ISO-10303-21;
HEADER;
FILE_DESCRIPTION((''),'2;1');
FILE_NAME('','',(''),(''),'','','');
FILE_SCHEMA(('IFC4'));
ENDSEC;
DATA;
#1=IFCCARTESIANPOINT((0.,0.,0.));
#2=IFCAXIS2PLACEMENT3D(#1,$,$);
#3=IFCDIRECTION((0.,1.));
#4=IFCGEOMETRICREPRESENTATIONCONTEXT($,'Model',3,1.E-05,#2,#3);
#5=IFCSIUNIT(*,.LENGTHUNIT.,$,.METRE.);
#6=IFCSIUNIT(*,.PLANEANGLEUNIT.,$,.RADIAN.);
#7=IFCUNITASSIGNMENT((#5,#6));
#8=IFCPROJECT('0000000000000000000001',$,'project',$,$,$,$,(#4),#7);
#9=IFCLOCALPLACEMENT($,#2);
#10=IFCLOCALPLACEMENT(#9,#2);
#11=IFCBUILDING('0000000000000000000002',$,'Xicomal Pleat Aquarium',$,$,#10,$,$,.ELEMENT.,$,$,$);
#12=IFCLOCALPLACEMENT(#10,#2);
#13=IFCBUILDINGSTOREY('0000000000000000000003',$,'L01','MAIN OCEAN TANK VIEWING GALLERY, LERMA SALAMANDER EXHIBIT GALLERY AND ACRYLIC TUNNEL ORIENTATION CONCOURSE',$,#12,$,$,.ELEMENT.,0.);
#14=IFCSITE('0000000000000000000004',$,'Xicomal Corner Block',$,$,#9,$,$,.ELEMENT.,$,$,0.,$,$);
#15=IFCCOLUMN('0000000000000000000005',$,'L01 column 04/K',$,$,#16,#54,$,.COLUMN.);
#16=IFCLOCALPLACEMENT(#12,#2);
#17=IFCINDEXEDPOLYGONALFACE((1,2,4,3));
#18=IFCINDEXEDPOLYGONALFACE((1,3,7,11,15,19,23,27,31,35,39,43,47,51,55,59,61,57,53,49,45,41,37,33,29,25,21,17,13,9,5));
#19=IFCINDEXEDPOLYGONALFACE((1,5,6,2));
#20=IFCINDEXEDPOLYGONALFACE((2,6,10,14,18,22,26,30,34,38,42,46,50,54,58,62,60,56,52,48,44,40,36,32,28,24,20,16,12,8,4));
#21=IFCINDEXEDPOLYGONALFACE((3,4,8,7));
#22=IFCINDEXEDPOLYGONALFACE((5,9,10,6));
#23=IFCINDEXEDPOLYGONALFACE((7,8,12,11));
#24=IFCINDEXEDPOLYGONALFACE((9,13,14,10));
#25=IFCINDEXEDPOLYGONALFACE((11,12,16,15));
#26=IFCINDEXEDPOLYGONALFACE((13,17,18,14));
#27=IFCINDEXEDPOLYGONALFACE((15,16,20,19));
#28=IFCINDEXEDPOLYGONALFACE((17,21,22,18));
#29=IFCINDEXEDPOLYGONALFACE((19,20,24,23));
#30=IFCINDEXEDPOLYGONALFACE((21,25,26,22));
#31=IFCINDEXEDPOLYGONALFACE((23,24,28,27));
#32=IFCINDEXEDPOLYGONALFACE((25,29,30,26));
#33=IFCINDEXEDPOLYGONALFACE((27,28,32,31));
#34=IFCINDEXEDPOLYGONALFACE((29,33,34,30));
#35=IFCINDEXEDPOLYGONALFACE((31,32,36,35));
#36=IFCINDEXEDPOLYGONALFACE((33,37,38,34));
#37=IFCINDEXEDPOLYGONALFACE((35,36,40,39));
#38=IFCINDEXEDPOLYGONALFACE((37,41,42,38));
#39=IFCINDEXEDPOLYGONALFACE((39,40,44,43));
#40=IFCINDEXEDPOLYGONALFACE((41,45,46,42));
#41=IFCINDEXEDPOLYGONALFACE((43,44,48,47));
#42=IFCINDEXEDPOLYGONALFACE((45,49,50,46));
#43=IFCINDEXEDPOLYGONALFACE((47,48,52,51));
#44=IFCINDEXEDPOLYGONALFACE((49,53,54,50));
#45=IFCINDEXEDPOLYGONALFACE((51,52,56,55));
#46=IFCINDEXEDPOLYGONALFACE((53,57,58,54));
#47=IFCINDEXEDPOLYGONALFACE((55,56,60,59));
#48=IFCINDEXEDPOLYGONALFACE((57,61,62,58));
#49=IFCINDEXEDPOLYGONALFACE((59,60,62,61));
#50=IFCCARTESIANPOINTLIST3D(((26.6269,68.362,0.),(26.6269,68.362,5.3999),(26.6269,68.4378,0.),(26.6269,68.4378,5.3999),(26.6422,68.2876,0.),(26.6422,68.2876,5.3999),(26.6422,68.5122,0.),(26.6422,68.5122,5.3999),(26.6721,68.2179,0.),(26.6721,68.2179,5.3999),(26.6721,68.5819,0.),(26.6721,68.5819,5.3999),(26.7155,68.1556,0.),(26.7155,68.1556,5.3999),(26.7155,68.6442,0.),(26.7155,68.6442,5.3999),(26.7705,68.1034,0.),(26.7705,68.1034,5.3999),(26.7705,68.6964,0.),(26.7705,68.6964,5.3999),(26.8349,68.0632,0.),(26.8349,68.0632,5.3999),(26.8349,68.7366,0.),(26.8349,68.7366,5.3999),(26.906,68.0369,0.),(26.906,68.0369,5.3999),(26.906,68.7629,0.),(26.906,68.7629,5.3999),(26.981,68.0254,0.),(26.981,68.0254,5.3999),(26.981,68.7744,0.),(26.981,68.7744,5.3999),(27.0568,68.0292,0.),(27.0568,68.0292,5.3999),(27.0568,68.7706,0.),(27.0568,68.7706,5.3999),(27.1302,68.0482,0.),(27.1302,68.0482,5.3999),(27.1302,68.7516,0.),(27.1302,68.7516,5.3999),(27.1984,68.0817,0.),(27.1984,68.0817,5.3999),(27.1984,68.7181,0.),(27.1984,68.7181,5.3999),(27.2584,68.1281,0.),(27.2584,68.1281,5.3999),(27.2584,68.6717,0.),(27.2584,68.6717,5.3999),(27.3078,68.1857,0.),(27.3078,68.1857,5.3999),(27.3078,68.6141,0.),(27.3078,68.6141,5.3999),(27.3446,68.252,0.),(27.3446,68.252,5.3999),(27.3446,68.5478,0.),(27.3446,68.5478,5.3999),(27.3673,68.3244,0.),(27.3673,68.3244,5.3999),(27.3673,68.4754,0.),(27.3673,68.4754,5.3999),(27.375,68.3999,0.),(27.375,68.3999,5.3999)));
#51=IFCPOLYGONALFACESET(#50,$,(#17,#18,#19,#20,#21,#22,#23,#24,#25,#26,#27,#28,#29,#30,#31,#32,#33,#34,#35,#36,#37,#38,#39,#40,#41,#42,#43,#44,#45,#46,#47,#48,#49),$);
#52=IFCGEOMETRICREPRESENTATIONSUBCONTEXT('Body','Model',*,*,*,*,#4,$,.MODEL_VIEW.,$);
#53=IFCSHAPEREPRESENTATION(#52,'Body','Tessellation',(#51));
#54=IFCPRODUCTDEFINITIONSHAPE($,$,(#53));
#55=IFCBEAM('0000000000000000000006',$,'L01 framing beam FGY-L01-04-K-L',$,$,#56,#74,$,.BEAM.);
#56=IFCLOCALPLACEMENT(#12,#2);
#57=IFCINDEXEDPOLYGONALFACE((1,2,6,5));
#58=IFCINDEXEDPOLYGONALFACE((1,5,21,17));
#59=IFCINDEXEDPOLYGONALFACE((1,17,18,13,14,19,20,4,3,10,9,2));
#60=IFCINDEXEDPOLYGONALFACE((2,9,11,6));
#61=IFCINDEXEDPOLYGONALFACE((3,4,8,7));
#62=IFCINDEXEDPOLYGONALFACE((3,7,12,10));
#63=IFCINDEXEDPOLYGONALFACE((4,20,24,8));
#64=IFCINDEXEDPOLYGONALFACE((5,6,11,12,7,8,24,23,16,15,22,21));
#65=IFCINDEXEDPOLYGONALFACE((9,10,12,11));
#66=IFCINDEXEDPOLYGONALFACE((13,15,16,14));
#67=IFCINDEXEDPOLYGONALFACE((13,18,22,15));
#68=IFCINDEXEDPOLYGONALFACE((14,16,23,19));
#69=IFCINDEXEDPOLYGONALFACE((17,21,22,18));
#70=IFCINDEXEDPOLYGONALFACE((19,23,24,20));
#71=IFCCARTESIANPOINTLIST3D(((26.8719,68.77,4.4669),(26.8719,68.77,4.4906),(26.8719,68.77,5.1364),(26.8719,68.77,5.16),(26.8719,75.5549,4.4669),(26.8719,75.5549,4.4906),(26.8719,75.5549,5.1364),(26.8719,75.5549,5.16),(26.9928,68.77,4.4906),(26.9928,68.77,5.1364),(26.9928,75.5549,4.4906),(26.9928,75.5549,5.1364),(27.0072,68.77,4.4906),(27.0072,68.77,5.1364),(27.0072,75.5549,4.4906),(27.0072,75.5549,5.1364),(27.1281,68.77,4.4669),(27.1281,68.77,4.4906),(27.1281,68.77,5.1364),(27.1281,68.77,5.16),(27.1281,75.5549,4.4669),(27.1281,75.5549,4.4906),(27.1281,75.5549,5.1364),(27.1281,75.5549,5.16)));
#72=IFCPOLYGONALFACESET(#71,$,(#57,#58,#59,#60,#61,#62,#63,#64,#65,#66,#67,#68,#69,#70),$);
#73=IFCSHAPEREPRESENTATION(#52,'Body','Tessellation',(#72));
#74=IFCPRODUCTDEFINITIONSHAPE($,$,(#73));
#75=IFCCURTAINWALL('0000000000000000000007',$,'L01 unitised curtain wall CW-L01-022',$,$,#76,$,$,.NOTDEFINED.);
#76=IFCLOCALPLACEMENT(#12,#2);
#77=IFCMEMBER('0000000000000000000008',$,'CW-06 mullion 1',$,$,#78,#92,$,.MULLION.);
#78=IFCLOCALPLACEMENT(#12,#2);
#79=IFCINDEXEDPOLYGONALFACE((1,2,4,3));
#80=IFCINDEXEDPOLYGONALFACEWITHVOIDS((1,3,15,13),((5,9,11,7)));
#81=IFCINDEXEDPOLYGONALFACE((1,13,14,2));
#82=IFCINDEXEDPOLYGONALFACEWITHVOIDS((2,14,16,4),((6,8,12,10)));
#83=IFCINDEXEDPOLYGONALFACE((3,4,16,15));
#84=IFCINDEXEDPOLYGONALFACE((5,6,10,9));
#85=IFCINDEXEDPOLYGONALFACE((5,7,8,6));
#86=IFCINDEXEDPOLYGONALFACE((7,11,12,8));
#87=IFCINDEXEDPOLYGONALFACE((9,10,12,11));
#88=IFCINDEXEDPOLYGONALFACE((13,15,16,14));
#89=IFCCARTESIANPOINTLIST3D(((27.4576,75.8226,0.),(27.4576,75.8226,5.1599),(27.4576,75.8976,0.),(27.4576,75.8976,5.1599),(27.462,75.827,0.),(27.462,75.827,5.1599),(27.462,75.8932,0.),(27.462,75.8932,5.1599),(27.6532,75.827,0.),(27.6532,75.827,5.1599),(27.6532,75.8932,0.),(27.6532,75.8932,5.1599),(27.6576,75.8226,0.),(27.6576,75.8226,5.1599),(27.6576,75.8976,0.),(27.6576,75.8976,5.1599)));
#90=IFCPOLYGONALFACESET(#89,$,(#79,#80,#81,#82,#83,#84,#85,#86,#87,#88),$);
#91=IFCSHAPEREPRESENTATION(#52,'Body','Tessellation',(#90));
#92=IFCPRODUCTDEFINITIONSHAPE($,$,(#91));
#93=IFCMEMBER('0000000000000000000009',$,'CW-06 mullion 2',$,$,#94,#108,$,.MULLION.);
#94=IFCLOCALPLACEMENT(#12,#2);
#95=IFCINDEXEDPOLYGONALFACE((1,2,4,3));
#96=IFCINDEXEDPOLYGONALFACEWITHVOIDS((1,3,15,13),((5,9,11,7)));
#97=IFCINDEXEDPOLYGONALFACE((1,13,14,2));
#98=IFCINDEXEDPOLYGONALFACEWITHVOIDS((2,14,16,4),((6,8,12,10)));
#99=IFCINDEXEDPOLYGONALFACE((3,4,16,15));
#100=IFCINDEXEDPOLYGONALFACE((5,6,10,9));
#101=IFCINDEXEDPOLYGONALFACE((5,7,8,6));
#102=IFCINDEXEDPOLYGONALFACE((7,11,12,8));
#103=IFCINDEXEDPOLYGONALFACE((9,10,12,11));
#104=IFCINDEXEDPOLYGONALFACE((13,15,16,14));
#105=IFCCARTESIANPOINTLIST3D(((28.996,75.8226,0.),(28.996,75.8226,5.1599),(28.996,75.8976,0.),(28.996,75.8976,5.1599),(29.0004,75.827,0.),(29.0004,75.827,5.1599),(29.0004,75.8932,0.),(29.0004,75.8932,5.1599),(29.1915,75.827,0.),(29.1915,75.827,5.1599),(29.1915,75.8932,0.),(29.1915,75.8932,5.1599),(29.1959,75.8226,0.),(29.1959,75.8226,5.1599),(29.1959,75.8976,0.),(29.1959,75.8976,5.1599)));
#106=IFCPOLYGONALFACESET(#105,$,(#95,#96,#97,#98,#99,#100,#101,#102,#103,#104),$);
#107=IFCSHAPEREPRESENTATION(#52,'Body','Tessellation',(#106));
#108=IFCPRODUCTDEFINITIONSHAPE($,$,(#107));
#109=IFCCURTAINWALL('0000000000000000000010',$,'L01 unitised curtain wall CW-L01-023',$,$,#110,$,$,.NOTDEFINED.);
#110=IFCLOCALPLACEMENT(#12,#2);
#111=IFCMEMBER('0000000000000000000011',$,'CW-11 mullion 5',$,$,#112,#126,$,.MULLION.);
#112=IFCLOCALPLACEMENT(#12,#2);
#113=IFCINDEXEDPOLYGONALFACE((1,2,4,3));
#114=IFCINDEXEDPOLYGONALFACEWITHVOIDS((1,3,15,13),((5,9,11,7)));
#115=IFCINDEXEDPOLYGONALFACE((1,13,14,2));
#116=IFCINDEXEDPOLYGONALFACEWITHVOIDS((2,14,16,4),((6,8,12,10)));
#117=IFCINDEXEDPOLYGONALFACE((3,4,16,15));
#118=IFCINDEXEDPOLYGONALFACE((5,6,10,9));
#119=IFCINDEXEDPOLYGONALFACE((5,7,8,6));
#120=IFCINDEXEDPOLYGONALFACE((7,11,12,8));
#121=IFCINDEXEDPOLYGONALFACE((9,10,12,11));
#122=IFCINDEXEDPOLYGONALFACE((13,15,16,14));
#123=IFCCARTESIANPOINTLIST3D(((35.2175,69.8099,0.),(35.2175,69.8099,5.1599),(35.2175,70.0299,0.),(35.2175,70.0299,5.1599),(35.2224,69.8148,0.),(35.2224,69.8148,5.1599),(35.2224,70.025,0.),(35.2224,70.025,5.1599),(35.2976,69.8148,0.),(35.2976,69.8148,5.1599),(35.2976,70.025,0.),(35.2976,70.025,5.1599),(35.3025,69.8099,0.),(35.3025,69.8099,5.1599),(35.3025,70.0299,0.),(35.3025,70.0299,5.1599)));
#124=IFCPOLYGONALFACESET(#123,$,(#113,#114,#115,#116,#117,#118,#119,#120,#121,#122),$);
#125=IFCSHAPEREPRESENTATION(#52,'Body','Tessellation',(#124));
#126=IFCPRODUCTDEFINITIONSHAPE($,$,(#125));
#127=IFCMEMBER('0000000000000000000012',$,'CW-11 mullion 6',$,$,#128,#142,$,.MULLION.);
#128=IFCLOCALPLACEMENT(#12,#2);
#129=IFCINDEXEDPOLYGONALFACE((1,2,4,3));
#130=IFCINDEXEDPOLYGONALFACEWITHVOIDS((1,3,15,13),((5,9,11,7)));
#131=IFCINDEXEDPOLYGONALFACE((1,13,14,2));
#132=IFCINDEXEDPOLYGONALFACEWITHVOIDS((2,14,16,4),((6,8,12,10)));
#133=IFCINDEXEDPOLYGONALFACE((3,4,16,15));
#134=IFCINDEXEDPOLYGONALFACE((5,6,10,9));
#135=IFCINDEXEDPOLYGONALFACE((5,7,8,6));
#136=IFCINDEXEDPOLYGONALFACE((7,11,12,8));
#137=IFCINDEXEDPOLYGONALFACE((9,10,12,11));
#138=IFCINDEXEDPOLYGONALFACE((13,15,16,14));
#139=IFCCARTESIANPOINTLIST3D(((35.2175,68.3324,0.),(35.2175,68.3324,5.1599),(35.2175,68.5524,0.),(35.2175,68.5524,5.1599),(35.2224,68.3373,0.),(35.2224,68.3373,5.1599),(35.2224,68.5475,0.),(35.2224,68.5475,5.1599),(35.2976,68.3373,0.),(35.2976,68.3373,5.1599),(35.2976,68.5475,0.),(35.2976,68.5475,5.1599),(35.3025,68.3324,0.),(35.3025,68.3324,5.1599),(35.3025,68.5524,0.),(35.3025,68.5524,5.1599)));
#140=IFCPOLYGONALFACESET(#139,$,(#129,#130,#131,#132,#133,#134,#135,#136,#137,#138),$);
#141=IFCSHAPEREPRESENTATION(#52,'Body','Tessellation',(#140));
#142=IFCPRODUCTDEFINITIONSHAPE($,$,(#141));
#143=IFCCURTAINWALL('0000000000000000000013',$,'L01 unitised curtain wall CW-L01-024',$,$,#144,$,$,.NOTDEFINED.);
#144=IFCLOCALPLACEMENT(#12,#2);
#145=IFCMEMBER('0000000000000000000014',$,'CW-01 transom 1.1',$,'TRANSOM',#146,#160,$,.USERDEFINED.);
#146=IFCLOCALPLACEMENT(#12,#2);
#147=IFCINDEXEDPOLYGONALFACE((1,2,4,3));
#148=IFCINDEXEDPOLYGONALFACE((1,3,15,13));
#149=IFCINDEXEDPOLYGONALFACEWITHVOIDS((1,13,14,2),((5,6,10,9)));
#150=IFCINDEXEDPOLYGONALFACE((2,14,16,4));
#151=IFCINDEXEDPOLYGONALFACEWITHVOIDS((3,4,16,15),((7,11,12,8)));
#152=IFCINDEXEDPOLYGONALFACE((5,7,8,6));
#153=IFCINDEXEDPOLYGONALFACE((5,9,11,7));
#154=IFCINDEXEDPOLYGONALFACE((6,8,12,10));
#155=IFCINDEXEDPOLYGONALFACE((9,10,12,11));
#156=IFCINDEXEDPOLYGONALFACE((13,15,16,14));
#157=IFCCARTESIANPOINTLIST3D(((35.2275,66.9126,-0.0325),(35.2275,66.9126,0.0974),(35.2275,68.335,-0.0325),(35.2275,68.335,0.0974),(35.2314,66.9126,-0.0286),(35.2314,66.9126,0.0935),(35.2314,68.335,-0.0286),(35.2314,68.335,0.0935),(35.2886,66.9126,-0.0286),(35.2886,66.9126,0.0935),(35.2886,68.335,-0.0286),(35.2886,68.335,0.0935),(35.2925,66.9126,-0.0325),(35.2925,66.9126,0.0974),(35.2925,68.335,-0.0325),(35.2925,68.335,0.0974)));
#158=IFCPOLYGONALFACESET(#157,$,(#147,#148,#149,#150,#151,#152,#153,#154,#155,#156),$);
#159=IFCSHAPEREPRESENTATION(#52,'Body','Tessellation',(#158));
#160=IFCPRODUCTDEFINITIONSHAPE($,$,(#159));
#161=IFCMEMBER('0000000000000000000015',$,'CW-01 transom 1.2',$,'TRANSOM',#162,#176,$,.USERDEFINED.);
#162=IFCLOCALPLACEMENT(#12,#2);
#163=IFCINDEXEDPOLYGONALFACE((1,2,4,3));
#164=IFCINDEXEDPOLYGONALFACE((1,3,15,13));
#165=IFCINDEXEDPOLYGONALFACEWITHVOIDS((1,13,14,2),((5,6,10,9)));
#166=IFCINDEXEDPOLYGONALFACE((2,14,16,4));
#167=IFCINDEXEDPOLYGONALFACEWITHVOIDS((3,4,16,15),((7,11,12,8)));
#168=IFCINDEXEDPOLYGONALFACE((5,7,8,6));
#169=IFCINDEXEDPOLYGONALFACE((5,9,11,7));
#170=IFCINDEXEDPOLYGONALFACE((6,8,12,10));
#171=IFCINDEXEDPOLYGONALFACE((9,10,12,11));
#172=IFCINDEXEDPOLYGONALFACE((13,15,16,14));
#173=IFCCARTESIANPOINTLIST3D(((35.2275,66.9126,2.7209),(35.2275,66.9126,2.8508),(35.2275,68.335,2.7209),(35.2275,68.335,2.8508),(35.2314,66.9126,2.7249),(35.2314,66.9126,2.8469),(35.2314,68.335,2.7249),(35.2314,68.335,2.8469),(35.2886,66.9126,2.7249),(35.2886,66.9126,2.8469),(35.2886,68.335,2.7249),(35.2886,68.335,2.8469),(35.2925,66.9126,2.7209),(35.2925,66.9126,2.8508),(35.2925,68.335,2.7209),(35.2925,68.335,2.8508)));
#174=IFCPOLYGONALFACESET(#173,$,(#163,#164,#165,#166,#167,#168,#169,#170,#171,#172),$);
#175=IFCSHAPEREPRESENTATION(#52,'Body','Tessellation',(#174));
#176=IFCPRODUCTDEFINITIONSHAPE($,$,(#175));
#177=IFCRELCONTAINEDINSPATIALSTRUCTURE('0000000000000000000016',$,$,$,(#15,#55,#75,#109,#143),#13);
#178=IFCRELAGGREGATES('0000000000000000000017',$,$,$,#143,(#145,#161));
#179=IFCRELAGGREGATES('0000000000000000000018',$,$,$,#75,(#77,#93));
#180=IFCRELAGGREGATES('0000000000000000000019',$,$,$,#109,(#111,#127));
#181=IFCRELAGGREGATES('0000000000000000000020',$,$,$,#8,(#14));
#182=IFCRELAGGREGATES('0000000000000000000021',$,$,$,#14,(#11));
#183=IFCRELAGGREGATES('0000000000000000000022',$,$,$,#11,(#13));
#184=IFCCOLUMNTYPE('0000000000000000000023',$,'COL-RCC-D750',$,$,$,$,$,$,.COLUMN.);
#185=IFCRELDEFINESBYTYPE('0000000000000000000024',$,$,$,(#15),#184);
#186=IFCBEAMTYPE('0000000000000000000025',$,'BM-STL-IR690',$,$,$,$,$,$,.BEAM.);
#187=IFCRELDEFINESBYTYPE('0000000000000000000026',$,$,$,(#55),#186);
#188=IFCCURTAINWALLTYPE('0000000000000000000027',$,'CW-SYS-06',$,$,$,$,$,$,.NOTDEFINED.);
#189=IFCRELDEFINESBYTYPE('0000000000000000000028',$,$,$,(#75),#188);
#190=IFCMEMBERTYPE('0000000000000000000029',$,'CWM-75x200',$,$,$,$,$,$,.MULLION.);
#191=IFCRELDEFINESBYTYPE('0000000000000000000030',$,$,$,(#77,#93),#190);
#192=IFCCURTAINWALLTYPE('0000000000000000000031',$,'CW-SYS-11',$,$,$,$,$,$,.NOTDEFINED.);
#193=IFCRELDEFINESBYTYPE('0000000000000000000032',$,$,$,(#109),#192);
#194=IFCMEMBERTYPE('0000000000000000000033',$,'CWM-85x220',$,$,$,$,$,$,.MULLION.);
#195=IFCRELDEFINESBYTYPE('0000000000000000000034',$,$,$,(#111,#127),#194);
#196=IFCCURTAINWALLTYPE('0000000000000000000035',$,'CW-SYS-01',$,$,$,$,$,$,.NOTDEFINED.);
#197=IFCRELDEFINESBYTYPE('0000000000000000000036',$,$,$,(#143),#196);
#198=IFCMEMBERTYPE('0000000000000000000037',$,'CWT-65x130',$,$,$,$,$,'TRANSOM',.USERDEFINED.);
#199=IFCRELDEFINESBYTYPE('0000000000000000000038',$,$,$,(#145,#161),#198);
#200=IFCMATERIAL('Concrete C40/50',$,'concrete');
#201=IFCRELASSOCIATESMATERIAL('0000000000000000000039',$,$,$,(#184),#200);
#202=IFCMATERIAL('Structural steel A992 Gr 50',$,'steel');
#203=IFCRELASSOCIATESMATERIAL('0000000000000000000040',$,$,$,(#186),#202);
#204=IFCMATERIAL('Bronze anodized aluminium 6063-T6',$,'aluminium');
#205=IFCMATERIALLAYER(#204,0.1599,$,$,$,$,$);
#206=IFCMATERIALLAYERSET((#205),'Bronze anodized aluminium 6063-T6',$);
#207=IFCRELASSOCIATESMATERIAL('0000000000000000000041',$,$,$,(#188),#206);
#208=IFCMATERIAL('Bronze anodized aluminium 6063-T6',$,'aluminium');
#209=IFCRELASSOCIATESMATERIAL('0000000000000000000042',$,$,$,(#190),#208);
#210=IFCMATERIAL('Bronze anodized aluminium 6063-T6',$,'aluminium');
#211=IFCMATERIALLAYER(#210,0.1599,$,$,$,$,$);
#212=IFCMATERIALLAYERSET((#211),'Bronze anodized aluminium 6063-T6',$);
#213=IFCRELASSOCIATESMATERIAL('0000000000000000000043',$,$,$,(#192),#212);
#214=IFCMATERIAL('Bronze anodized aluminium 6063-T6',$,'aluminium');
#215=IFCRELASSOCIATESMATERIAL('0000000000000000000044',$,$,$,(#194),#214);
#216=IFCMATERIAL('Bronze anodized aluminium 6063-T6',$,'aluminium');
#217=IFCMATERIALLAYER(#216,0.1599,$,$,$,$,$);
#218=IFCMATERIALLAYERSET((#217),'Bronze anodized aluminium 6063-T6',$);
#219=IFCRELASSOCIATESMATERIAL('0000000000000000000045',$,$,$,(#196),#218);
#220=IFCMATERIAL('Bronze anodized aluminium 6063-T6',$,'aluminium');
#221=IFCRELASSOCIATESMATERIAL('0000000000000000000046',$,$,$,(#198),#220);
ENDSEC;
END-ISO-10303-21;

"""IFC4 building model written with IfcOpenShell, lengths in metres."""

from ifc_helpers import new_model, si_unit, direction, frame, origin, origin_2d, place, context, subcontext, project, spatial, hollow_rectangle, circle, i_section, extrude, material, layer, layer_set, material_profile, profile_set, type_object, element, aggregate, save


model = new_model("IFC4")

# Units and contexts
model_context = context("Model", 3, precision=1e-05, world=origin(), true_north=direction((0.0, 1.0)))
body_context = subcontext(model_context, "Body", "Model", "MODEL_VIEW")
ifc_project = project(units=[si_unit("LENGTHUNIT", "METRE"), si_unit("PLANEANGLEUNIT", "RADIAN")], contexts=[model_context])

# Site, building, storey
site_placement = place(None, origin())
site = spatial("IfcSite", under=ifc_project, at=site_placement, Name="Xicomal Corner Block", CompositionType="ELEMENT", RefElevation=0.0)
building_placement = place(site_placement, origin())
building = spatial("IfcBuilding", under=site, at=building_placement, Name="Xicomal Pleat Aquarium", CompositionType="ELEMENT")
storey_placement = place(building_placement, origin())
storey = spatial("IfcBuildingStorey", under=building, at=storey_placement, Name="L01", Description="MAIN OCEAN TANK VIEWING GALLERY, LERMA SALAMANDER EXHIBIT GALLERY AND ACRYLIC TUNNEL ORIENTATION CONCOURSE", CompositionType="ELEMENT", Elevation=0.0)

# Column
ifc_material_1 = material(Name="Concrete C40/50", Category="concrete")
ifc_material_profile_1 = material_profile(ifc_material_1, circle(Radius=0.375, at=origin_2d()), Name="RCC D750")
ifc_profile_set_1 = profile_set([ifc_material_profile_1], Name="Concrete C40/50")
column_type = type_object("IfcColumnType", Name="COL-RCC-D750", PredefinedType="COLUMN", material=ifc_profile_set_1)
column_placement = place(storey_placement, frame((27.0, 68.3999, 0.0), z_axis=(0.0, 0.0, 1.0), x_axis=(1.0, 0.0, 0.0)))
element("IfcColumn", 1, at=column_placement, inside=storey, type_object=column_type, Name="L01 column 04/K", PredefinedType="COLUMN", context=body_context, shape_type="SweptSolid", body=[
    extrude(circle(Radius=0.375, at=origin_2d()), origin(), (0.0, 0.0, 1.0), 5.3999),
])

# Beam
ifc_material_2 = material(Name="Structural steel A992 Gr 50", Category="steel")
ifc_material_profile_2 = material_profile(ifc_material_2, i_section(OverallWidth=0.2561, OverallDepth=0.6931, WebThickness=0.0144, FlangeThickness=0.0237, at=origin_2d()), Name="IR 690x170")
ifc_profile_set_2 = profile_set([ifc_material_profile_2], Name="Structural steel A992 Gr 50")
beam_type = type_object("IfcBeamType", Name="BM-STL-IR690", PredefinedType="BEAM", material=ifc_profile_set_2)
beam_placement = place(storey_placement, frame((27.0, 68.77, 4.8135), z_axis=(0.0, 1.0, 0.0), x_axis=(-1.0, 0.0, 0.0)))
element("IfcBeam", 2, at=beam_placement, inside=storey, type_object=beam_type, Name="L01 framing beam FGY-L01-04-K-L", PredefinedType="BEAM", context=body_context, shape_type="SweptSolid", body=[
    extrude(i_section(OverallWidth=0.2561, OverallDepth=0.6931, WebThickness=0.0144, FlangeThickness=0.0237, at=origin_2d()), origin(), (0.0, 0.0, 1.0), 6.7849),
])

# Curtain walls, members
ifc_material_3 = material(Name="Bronze anodized aluminium 6063-T6", Category="aluminium")
ifc_layer_1 = layer(ifc_material_3, 0.1599)
ifc_layer_set_1 = layer_set([ifc_layer_1], Name="Bronze anodized aluminium 6063-T6")
curtain_wall_type_1 = type_object("IfcCurtainWallType", Name="CW-SYS-06", PredefinedType="NOTDEFINED", material=ifc_layer_set_1)
curtain_wall_1_placement = place(storey_placement, origin())
curtain_wall_1 = element("IfcCurtainWall", 3, at=curtain_wall_1_placement, inside=storey, type_object=curtain_wall_type_1, Name="L01 unitised curtain wall CW-L01-022", PredefinedType="NOTDEFINED")
ifc_material_4 = material(Name="Bronze anodized aluminium 6063-T6", Category="aluminium")
ifc_material_profile_3 = material_profile(ifc_material_4, hollow_rectangle(XDim=0.075, YDim=0.2, WallThickness=0.0044, at=origin_2d()), Name="ALU MULL 75x200")
ifc_profile_set_3 = profile_set([ifc_material_profile_3], Name="Bronze anodized aluminium 6063-T6")
member_type_1 = type_object("IfcMemberType", Name="CWM-75x200", PredefinedType="MULLION", material=ifc_profile_set_3)
member_1_placement = place(storey_placement, frame((27.5576, 75.8601, 0.0), z_axis=(0.0, 0.0, 1.0), x_axis=(0.0, 1.0, 0.0)))
member_1 = element("IfcMember", 4, at=member_1_placement, type_object=member_type_1, Name="CW-06 mullion 1", PredefinedType="MULLION", context=body_context, shape_type="SweptSolid", body=[
    extrude(hollow_rectangle(XDim=0.075, YDim=0.2, WallThickness=0.0044, at=origin_2d()), origin(), (0.0, 0.0, 1.0), 5.1599),
])
member_2_placement = place(storey_placement, frame((29.0959, 75.8601, 0.0), z_axis=(0.0, 0.0, 1.0), x_axis=(0.0, 1.0, 0.0)))
member_2 = element("IfcMember", 5, at=member_2_placement, type_object=member_type_1, Name="CW-06 mullion 2", PredefinedType="MULLION", context=body_context, shape_type="SweptSolid", body=[
    extrude(hollow_rectangle(XDim=0.075, YDim=0.2, WallThickness=0.0044, at=origin_2d()), origin(), (0.0, 0.0, 1.0), 5.1599),
])
ifc_material_5 = material(Name="Bronze anodized aluminium 6063-T6", Category="aluminium")
ifc_layer_2 = layer(ifc_material_5, 0.1599)
ifc_layer_set_2 = layer_set([ifc_layer_2], Name="Bronze anodized aluminium 6063-T6")
curtain_wall_type_2 = type_object("IfcCurtainWallType", Name="CW-SYS-11", PredefinedType="NOTDEFINED", material=ifc_layer_set_2)
curtain_wall_2_placement = place(storey_placement, origin())
curtain_wall_2 = element("IfcCurtainWall", 6, at=curtain_wall_2_placement, inside=storey, type_object=curtain_wall_type_2, Name="L01 unitised curtain wall CW-L01-023", PredefinedType="NOTDEFINED")
ifc_material_6 = material(Name="Bronze anodized aluminium 6063-T6", Category="aluminium")
ifc_material_profile_4 = material_profile(ifc_material_6, hollow_rectangle(XDim=0.085, YDim=0.22, WallThickness=0.0049, at=origin_2d()), Name="ALU MULL 85x220")
ifc_profile_set_4 = profile_set([ifc_material_profile_4], Name="Bronze anodized aluminium 6063-T6")
member_type_2 = type_object("IfcMemberType", Name="CWM-85x220", PredefinedType="MULLION", material=ifc_profile_set_4)
member_3_placement = place(storey_placement, frame((35.26, 69.9199, 0.0), z_axis=(0.0, 0.0, 1.0), x_axis=(1.0, 0.0, 0.0)))
member_3 = element("IfcMember", 7, at=member_3_placement, type_object=member_type_2, Name="CW-11 mullion 5", PredefinedType="MULLION", context=body_context, shape_type="SweptSolid", body=[
    extrude(hollow_rectangle(XDim=0.085, YDim=0.22, WallThickness=0.0049, at=origin_2d()), origin(), (0.0, 0.0, 1.0), 5.1599),
])
member_4_placement = place(storey_placement, frame((35.26, 68.4424, 0.0), z_axis=(0.0, 0.0, 1.0), x_axis=(1.0, 0.0, 0.0)))
member_4 = element("IfcMember", 8, at=member_4_placement, type_object=member_type_2, Name="CW-11 mullion 6", PredefinedType="MULLION", context=body_context, shape_type="SweptSolid", body=[
    extrude(hollow_rectangle(XDim=0.085, YDim=0.22, WallThickness=0.0049, at=origin_2d()), origin(), (0.0, 0.0, 1.0), 5.1599),
])
ifc_material_7 = material(Name="Bronze anodized aluminium 6063-T6", Category="aluminium")
ifc_layer_3 = layer(ifc_material_7, 0.1599)
ifc_layer_set_3 = layer_set([ifc_layer_3], Name="Bronze anodized aluminium 6063-T6")
curtain_wall_type_3 = type_object("IfcCurtainWallType", Name="CW-SYS-01", PredefinedType="NOTDEFINED", material=ifc_layer_set_3)
curtain_wall_3_placement = place(storey_placement, origin())
curtain_wall_3 = element("IfcCurtainWall", 9, at=curtain_wall_3_placement, inside=storey, type_object=curtain_wall_type_3, Name="L01 unitised curtain wall CW-L01-024", PredefinedType="NOTDEFINED")
ifc_material_8 = material(Name="Bronze anodized aluminium 6063-T6", Category="aluminium")
ifc_material_profile_5 = material_profile(ifc_material_8, hollow_rectangle(XDim=0.0649, YDim=0.1299, WallThickness=0.0039, at=origin_2d()), Name="ALU TRAN 65x130")
ifc_profile_set_5 = profile_set([ifc_material_profile_5], Name="Bronze anodized aluminium 6063-T6")
member_type_3 = type_object("IfcMemberType", Name="CWT-65x130", ElementType="TRANSOM", PredefinedType="USERDEFINED", material=ifc_profile_set_5)
member_5_placement = place(storey_placement, frame((35.26, 68.335, 0.0325), z_axis=(0.0, -1.0, 0.0), x_axis=(1.0, 0.0, 0.0)))
member_5 = element("IfcMember", 10, at=member_5_placement, type_object=member_type_3, Name="CW-01 transom 1.1", ObjectType="TRANSOM", PredefinedType="USERDEFINED", context=body_context, shape_type="SweptSolid", body=[
    extrude(hollow_rectangle(XDim=0.0649, YDim=0.1299, WallThickness=0.0039, at=origin_2d()), origin(), (0.0, 0.0, 1.0), 1.4224),
])
member_6_placement = place(storey_placement, frame((35.26, 68.335, 2.7859), z_axis=(0.0, -1.0, 0.0), x_axis=(1.0, 0.0, 0.0)))
member_6 = element("IfcMember", 11, at=member_6_placement, type_object=member_type_3, Name="CW-01 transom 1.2", ObjectType="TRANSOM", PredefinedType="USERDEFINED", context=body_context, shape_type="SweptSolid", body=[
    extrude(hollow_rectangle(XDim=0.0649, YDim=0.1299, WallThickness=0.0039, at=origin_2d()), origin(), (0.0, 0.0, 1.0), 1.4224),
])
aggregate(curtain_wall_3, [member_5, member_6])

aggregate(curtain_wall_1, [member_1, member_2])
aggregate(curtain_wall_2, [member_3, member_4])

save(model, "model.ifc")
